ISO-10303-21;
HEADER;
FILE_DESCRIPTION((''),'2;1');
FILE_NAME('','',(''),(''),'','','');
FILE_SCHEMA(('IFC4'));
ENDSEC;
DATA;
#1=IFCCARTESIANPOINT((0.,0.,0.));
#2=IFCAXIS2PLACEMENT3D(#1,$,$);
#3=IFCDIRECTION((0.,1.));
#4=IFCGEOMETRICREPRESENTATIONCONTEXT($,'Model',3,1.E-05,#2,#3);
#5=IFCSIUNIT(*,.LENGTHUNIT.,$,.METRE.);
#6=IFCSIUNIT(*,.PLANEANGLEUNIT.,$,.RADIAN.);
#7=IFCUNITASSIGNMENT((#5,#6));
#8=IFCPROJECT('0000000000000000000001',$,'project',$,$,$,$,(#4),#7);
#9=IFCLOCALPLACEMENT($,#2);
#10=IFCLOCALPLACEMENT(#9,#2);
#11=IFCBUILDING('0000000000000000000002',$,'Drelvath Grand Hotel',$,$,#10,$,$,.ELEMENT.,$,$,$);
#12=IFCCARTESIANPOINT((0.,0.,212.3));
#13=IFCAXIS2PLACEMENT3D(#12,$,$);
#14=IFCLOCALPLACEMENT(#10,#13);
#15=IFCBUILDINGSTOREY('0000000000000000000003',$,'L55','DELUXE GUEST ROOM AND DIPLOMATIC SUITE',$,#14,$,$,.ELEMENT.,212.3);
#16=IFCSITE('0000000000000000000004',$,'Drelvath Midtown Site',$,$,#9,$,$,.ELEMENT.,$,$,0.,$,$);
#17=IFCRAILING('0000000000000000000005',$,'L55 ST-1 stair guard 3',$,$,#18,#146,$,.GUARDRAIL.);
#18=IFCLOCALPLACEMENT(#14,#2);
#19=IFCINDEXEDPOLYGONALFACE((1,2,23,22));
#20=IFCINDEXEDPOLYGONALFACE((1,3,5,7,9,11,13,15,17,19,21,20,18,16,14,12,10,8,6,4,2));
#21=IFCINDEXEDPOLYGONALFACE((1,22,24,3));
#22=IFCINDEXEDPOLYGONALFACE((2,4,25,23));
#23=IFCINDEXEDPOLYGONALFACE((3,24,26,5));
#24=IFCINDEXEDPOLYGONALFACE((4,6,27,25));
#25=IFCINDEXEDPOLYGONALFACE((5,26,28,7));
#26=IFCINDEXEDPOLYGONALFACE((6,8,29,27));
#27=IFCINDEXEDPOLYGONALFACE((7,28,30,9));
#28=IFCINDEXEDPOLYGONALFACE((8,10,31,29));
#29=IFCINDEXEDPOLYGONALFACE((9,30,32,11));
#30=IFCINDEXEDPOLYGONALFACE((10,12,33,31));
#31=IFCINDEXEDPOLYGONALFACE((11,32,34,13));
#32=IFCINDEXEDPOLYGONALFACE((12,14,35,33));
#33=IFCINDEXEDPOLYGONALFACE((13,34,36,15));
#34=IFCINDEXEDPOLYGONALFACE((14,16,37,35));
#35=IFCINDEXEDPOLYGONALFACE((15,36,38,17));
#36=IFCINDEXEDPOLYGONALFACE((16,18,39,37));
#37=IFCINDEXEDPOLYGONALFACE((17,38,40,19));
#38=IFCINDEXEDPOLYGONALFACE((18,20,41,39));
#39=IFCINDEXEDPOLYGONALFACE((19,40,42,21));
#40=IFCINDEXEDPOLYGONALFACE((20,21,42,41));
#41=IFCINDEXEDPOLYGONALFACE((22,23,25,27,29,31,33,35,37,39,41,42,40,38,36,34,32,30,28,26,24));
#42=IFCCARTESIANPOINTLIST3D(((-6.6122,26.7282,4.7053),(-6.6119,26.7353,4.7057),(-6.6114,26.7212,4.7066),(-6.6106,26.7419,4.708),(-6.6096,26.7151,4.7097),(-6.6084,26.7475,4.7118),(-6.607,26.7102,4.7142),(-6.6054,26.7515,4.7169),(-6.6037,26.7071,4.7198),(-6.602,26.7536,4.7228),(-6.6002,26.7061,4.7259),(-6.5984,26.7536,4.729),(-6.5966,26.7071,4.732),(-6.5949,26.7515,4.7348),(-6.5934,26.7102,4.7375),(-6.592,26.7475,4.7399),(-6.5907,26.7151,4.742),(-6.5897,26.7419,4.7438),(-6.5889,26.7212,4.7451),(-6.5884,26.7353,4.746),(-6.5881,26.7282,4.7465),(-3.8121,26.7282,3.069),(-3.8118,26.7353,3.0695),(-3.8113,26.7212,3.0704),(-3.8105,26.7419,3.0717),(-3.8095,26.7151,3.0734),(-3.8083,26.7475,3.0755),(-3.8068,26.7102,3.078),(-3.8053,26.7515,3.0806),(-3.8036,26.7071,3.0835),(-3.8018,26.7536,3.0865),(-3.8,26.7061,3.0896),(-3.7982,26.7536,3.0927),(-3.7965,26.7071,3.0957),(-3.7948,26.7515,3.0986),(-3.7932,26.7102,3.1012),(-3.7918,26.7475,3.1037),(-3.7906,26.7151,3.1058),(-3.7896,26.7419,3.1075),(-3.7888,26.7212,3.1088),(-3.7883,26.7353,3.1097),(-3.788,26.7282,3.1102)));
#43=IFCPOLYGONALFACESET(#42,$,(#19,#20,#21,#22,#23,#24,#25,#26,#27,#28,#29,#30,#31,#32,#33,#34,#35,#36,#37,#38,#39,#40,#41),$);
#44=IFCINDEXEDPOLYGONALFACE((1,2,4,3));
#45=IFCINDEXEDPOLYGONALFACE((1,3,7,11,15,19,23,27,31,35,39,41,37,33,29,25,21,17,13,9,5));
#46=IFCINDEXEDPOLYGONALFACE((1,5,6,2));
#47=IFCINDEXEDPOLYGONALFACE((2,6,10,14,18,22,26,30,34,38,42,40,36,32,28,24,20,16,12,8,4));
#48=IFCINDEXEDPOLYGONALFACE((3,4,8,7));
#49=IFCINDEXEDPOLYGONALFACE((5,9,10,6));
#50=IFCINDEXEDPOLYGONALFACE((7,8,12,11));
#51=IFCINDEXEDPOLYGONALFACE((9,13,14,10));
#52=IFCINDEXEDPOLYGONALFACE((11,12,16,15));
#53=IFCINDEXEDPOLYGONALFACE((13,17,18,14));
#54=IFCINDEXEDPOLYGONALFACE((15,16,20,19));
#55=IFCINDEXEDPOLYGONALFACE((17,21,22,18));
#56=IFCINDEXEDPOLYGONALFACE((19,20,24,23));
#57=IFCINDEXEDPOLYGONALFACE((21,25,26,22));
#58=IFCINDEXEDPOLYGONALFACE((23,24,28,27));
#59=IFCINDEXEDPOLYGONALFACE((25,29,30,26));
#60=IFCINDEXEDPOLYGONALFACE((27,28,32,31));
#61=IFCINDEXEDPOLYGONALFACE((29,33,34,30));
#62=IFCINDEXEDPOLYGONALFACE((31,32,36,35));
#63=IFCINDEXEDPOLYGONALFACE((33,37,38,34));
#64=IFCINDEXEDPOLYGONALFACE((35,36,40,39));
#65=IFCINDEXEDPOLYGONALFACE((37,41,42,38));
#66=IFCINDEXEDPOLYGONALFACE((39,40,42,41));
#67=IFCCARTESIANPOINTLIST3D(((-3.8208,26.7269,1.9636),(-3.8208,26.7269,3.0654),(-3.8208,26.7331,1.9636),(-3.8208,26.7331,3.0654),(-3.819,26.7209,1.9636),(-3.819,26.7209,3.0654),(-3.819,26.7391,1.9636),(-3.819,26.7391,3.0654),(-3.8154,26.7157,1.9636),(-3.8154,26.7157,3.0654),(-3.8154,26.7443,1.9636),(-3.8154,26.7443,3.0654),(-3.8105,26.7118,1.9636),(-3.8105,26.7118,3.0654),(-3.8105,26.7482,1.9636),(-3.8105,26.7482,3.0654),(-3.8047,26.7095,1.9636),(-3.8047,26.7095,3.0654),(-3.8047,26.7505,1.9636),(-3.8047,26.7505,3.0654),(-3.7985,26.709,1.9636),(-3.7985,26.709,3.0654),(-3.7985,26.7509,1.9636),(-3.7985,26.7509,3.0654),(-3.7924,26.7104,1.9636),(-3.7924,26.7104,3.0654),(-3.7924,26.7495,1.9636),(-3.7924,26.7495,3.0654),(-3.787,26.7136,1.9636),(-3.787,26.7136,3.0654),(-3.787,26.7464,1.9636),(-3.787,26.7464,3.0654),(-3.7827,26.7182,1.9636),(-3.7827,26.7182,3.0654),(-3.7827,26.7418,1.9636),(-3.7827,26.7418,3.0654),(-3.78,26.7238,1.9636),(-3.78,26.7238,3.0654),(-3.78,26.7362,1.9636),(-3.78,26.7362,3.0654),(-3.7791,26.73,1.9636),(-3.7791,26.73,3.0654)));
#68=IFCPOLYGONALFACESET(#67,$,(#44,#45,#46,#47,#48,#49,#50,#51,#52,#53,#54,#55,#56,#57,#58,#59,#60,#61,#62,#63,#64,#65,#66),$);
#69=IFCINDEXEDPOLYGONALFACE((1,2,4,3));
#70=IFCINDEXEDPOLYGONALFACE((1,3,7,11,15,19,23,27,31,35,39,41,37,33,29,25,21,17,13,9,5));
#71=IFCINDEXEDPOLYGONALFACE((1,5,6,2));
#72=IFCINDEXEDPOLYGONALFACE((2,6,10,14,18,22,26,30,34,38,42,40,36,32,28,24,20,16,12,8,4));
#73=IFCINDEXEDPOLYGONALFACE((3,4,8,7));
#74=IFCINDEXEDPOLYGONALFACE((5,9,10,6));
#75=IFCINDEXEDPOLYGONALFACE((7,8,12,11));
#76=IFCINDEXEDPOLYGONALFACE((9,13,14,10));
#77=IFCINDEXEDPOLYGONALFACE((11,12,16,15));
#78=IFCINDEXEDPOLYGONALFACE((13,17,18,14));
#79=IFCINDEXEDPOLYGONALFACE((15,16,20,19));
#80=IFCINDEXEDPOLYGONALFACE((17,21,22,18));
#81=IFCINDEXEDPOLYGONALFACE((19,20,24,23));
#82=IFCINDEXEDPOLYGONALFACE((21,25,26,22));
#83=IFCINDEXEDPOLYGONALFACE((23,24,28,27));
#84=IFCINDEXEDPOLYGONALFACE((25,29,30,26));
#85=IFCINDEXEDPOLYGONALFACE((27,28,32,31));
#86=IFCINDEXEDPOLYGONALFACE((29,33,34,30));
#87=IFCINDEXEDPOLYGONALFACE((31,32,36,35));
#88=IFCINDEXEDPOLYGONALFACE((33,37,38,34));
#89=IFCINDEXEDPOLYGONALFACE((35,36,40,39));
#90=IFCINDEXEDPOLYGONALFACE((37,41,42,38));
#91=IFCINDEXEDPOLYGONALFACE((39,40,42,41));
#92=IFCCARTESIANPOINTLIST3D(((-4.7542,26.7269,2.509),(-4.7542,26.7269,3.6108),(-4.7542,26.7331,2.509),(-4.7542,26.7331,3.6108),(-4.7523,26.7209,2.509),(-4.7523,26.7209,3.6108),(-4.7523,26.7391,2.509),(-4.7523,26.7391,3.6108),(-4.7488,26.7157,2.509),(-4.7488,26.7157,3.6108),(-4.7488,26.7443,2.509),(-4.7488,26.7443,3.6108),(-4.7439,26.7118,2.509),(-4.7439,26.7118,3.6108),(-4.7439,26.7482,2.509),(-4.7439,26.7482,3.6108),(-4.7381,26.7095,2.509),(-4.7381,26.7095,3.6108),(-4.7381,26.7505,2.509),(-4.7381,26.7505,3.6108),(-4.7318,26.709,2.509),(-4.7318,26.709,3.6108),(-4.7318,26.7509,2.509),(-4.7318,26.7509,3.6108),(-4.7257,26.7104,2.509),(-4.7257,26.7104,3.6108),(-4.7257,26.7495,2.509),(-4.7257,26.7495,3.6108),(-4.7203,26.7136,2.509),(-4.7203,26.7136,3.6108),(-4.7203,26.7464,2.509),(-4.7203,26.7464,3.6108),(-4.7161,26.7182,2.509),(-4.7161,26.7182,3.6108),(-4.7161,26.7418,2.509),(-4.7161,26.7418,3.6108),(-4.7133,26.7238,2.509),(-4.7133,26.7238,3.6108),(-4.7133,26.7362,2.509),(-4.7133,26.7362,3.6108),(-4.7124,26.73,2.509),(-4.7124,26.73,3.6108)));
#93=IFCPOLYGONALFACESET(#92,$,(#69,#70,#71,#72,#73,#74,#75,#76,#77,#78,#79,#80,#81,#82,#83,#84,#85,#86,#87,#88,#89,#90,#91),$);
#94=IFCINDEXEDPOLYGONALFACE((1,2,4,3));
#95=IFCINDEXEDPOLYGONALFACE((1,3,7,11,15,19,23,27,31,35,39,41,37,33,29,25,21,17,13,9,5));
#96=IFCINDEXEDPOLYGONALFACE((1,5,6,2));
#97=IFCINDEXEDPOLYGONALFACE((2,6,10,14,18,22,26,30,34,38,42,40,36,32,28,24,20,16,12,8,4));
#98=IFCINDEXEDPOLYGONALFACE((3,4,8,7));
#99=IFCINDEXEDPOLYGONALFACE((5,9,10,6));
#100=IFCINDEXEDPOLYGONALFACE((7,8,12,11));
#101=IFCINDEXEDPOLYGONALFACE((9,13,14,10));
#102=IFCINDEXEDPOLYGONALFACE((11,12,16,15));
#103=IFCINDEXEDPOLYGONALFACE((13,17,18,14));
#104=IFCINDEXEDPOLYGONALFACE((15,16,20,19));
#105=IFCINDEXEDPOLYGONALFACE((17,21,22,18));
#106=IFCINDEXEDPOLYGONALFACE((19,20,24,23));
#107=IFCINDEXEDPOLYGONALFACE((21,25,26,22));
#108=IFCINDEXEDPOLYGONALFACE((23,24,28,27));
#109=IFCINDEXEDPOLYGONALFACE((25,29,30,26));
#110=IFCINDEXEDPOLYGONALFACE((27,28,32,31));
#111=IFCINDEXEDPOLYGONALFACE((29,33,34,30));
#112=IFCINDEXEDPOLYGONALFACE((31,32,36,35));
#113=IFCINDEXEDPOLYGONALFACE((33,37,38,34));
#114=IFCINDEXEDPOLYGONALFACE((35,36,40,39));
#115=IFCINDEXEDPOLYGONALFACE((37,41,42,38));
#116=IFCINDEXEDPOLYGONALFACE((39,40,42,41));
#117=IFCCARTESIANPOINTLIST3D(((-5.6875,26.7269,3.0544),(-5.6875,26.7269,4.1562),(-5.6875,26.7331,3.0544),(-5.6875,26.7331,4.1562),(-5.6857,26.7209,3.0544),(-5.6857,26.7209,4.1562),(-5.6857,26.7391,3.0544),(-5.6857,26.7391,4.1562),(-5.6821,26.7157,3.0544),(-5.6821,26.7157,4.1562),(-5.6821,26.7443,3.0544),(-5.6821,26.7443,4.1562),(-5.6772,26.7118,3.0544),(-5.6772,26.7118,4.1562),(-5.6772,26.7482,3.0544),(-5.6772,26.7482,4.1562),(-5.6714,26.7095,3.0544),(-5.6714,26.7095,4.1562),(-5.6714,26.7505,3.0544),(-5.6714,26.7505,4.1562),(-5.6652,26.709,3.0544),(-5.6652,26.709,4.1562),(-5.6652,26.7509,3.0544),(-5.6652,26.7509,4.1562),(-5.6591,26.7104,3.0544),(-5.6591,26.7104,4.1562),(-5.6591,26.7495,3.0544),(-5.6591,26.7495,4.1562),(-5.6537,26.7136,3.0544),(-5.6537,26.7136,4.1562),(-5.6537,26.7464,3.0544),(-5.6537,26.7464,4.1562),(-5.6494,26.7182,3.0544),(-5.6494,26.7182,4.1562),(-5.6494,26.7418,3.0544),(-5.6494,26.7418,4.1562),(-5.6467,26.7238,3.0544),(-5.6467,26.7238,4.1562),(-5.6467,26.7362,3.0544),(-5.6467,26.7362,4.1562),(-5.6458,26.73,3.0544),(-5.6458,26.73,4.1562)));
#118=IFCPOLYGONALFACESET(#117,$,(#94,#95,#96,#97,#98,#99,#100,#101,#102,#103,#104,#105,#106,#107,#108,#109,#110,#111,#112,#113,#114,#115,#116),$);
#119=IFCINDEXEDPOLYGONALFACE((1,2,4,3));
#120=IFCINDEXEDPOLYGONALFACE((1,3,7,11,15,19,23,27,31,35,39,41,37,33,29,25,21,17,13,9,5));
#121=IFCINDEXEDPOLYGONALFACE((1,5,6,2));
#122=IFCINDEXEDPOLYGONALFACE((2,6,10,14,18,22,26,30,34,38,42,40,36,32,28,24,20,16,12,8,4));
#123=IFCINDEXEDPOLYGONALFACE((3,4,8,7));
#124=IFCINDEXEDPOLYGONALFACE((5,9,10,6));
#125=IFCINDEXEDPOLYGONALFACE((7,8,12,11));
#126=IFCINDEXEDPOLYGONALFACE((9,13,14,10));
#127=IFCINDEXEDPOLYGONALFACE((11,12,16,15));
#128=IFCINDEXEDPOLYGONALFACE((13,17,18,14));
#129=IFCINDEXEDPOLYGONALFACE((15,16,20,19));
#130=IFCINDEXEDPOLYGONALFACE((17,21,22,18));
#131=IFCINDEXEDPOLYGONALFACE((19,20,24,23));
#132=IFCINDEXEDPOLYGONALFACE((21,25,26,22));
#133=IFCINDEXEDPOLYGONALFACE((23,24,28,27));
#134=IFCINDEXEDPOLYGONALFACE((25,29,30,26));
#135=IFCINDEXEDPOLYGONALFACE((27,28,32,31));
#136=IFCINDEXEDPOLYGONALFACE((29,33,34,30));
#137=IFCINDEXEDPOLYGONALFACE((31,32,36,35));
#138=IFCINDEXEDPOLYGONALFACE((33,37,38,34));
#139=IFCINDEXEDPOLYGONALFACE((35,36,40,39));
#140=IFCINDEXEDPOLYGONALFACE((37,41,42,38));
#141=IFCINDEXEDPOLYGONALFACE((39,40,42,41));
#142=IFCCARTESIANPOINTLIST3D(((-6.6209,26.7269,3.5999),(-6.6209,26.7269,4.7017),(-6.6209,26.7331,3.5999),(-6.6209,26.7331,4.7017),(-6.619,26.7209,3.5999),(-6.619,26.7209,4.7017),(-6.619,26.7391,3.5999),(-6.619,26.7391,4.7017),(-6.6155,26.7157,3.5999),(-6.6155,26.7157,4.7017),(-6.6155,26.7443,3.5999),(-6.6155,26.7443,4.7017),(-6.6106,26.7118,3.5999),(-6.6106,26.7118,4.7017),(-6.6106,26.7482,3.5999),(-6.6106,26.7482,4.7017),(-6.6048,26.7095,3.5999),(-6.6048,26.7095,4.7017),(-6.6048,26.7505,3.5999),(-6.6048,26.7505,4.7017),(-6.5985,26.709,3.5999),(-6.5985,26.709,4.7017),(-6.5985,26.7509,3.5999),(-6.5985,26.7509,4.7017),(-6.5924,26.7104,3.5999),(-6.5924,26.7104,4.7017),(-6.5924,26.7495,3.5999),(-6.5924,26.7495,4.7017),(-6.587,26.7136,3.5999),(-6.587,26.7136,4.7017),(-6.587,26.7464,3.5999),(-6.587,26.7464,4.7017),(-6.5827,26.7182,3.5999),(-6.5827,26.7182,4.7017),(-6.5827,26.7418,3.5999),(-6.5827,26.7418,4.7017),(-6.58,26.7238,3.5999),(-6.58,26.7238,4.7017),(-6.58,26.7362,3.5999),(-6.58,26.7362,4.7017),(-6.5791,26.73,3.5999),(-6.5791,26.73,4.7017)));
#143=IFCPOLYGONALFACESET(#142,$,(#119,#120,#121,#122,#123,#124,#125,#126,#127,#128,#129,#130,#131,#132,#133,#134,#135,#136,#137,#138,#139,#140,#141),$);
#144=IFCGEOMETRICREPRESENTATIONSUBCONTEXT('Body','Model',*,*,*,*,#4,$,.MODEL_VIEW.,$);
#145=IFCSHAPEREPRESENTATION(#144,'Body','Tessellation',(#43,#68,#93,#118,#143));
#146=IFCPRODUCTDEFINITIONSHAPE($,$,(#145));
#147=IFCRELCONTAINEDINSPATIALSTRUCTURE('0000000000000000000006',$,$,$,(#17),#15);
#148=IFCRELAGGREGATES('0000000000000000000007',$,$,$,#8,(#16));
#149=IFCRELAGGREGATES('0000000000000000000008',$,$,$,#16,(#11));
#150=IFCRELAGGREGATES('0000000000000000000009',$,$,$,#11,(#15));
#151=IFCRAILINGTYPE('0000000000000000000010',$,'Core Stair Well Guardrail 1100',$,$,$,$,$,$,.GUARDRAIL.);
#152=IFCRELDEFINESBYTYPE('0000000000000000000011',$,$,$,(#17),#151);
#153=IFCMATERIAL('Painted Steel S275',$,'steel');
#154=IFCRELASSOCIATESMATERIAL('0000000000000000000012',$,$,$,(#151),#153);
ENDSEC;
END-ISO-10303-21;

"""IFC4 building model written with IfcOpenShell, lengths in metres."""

from ifc_helpers import new_model, si_unit, direction, frame, origin, origin_2d, place, context, subcontext, project, spatial, circle, extrude, material, type_object, element, save


model = new_model("IFC4")

# Units and contexts
model_context = context("Model", 3, precision=1e-05, world=origin(), true_north=direction((0.0, 1.0)))
body_context = subcontext(model_context, "Body", "Model", "MODEL_VIEW")
ifc_project = project(units=[si_unit("LENGTHUNIT", "METRE"), si_unit("PLANEANGLEUNIT", "RADIAN")], contexts=[model_context])

# Site, building, storey
site_placement = place(None, origin())
site = spatial("IfcSite", under=ifc_project, at=site_placement, Name="Drelvath Midtown Site", CompositionType="ELEMENT", RefElevation=0.0)
building_placement = place(site_placement, origin())
building = spatial("IfcBuilding", under=site, at=building_placement, Name="Drelvath Grand Hotel", CompositionType="ELEMENT")
storey_placement = place(building_placement, frame((0.0, 0.0, 212.3)))
storey = spatial("IfcBuildingStorey", under=building, at=storey_placement, Name="L55", Description="DELUXE GUEST ROOM AND DIPLOMATIC SUITE", CompositionType="ELEMENT", Elevation=212.3)

# Shared definitions
ifc_material_1 = material(Name="Painted Steel S275", Category="steel")

# Railing
railing_type_1 = type_object("IfcRailingType", Name="Core Stair Well Guardrail 1100", PredefinedType="GUARDRAIL", material=ifc_material_1)
railing_1_placement = place(storey_placement, frame((-3.8, 26.73, 1.9636)))
element("IfcRailing", 1, at=railing_1_placement, inside=storey, type_object=railing_type_1, Name="L55 ST-1 stair guard 3", PredefinedType="GUARDRAIL", context=body_context, shape_type="SweptSolid", body=[
    extrude(circle(Radius=0.0239, at=origin_2d()), frame((0.0, 0.0, 1.126), z_axis=(-0.863394, 0.0, 0.504531), x_axis=(0.0, -1.0, 0.0)), (0.0, 0.0, 1.0), 3.2432),
    extrude(circle(Radius=0.021, at=origin_2d()), origin(), (0.0, 0.0, 1.0), 1.1018),
    extrude(circle(Radius=0.021, at=origin_2d()), frame((-0.9333, 0.0, 0.5454)), (0.0, 0.0, 1.0), 1.1018),
    extrude(circle(Radius=0.021, at=origin_2d()), frame((-1.8667, 0.0, 1.0908)), (0.0, 0.0, 1.0), 1.1018),
    extrude(circle(Radius=0.021, at=origin_2d()), frame((-2.8, 0.0, 1.6362)), (0.0, 0.0, 1.0), 1.1018),
])

save(model, "model.ifc")
